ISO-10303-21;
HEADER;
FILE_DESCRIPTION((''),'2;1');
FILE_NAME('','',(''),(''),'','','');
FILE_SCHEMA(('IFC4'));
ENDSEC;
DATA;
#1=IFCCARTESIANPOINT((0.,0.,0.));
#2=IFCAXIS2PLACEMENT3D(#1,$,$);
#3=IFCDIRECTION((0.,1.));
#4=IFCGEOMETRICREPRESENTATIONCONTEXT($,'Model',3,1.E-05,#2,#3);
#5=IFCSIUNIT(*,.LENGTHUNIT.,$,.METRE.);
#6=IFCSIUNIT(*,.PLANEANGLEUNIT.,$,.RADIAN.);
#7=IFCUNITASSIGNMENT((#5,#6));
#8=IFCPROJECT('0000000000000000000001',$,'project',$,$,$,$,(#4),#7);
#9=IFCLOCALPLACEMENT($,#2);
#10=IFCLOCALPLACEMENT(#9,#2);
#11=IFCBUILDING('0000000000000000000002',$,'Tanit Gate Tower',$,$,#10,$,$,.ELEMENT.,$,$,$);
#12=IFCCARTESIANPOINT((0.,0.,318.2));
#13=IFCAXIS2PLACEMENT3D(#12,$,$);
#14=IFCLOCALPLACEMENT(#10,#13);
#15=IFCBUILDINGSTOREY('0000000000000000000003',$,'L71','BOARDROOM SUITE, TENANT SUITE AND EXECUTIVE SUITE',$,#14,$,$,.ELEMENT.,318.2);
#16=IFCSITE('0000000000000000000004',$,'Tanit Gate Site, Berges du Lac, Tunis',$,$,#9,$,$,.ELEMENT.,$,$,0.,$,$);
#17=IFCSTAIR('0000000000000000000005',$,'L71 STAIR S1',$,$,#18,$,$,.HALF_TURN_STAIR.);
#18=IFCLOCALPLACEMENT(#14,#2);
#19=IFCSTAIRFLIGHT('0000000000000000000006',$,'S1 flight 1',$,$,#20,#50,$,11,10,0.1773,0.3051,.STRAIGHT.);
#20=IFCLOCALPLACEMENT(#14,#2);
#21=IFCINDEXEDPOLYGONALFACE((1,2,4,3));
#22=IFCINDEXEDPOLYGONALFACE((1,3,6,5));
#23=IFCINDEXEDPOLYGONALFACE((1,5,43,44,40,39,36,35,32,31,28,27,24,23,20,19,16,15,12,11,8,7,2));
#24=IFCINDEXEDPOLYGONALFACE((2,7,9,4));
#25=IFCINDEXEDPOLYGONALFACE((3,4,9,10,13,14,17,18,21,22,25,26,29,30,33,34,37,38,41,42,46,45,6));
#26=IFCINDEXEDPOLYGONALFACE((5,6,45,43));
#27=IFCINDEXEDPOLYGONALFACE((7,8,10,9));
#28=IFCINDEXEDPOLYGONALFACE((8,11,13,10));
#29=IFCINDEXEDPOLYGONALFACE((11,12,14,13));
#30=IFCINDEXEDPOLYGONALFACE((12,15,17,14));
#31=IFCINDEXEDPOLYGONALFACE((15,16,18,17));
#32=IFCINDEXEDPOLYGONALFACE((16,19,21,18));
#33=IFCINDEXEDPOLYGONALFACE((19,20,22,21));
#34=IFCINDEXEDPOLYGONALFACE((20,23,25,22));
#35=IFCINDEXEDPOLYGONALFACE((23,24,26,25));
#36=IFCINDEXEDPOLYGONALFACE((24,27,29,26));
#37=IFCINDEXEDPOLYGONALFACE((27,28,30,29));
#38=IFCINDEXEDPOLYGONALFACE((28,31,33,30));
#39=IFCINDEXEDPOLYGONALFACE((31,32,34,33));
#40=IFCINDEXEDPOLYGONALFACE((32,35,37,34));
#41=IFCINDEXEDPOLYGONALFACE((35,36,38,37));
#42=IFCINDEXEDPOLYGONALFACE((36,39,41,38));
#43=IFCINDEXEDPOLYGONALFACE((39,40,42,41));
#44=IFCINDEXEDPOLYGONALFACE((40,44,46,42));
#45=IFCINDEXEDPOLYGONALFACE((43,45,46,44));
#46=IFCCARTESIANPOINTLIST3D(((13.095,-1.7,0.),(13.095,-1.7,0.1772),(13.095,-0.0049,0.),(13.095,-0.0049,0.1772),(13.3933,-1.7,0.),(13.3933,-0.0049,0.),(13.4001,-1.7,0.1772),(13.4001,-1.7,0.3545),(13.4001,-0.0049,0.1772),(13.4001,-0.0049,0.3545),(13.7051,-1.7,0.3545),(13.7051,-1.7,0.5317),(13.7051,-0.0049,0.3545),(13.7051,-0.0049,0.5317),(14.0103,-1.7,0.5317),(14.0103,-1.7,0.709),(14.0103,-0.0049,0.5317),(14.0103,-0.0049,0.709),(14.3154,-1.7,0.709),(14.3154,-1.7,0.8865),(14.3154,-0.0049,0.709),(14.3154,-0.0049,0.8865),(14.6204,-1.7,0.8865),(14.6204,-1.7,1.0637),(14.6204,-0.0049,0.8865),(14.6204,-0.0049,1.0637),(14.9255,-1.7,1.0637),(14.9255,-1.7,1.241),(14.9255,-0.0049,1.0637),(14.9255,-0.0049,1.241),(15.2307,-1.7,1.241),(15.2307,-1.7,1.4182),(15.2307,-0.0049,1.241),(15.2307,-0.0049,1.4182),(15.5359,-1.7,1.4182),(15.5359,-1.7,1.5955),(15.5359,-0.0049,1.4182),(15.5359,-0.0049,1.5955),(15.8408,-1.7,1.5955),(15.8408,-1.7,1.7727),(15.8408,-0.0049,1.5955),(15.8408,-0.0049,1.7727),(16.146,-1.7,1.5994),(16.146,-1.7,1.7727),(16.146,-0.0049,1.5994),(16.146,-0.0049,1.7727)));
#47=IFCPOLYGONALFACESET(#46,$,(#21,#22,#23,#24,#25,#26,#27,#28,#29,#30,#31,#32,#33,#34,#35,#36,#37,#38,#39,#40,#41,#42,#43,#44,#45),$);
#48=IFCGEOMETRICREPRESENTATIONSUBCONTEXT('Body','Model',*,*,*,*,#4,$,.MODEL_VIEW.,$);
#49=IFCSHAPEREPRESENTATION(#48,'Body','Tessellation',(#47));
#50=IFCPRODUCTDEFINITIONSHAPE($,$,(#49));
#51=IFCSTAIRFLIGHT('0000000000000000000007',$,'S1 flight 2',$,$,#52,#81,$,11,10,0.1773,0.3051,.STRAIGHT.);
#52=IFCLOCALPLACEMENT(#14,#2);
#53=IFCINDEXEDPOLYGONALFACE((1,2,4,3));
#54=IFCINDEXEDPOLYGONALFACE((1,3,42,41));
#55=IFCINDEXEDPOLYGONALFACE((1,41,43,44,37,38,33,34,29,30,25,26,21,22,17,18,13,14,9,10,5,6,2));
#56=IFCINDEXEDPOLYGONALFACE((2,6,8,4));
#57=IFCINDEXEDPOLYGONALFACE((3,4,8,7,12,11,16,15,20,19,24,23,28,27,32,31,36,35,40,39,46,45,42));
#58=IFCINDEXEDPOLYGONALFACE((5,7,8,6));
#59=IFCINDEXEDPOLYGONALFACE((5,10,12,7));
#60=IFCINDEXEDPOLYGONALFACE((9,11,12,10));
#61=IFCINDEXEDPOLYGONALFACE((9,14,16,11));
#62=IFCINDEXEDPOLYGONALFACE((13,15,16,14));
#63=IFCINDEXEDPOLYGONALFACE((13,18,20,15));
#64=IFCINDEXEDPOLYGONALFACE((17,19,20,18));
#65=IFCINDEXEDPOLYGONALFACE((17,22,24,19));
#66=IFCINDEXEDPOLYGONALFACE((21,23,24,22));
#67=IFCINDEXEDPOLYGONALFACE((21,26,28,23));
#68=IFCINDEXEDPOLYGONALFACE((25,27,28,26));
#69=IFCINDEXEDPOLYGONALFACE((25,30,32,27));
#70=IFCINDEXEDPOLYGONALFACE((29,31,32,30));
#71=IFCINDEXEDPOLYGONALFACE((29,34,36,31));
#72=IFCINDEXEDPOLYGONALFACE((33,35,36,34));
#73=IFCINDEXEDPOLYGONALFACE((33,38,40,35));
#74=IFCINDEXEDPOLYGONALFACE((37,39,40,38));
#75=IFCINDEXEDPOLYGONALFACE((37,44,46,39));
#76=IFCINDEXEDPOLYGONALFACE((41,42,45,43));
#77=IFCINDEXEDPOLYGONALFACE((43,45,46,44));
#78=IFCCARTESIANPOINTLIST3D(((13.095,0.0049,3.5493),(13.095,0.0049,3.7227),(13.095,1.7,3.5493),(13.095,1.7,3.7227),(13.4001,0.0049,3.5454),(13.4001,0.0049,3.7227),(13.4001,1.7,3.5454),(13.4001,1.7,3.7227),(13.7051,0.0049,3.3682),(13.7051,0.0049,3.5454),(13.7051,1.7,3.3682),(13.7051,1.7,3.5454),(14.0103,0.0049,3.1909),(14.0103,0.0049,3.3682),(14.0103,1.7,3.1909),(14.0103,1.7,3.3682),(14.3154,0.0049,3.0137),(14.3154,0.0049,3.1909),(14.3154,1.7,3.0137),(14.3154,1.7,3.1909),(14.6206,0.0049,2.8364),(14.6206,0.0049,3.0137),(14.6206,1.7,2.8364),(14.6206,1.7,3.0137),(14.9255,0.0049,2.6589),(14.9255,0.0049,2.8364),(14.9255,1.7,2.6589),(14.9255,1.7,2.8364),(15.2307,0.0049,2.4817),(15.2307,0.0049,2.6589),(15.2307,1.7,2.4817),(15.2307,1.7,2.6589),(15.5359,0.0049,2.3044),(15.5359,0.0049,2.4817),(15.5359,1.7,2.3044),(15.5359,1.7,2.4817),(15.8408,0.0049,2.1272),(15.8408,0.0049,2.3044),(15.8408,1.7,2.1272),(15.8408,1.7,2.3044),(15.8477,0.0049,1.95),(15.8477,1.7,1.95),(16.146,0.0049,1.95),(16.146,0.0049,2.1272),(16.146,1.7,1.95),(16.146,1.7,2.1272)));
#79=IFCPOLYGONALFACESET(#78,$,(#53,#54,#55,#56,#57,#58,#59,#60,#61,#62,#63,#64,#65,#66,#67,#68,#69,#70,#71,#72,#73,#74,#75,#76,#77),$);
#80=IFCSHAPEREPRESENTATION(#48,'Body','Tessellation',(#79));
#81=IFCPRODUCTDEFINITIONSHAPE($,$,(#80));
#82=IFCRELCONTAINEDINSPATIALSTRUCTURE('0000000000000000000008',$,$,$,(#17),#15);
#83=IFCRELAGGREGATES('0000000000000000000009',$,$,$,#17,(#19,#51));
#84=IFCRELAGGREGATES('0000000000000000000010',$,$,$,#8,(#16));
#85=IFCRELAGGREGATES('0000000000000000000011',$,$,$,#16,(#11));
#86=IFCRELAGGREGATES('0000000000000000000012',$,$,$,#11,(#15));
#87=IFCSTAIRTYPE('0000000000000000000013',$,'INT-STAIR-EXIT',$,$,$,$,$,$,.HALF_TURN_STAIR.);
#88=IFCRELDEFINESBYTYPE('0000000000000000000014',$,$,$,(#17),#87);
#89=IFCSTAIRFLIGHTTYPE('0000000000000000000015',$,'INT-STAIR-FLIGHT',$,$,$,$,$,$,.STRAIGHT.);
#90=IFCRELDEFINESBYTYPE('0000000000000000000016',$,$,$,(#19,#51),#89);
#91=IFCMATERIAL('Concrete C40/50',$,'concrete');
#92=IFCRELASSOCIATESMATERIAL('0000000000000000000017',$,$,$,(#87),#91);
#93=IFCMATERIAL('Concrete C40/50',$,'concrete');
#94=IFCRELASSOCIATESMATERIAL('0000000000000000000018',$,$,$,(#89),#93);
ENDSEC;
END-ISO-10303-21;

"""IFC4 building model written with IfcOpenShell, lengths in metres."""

from ifc_helpers import new_model, si_unit, direction, frame, origin, place, context, subcontext, project, spatial, polyline, outline, extrude, material, type_object, element, aggregate, save


model = new_model("IFC4")

# Units and contexts
model_context = context("Model", 3, precision=1e-05, world=origin(), true_north=direction((0.0, 1.0)))
body_context = subcontext(model_context, "Body", "Model", "MODEL_VIEW")
ifc_project = project(units=[si_unit("LENGTHUNIT", "METRE"), si_unit("PLANEANGLEUNIT", "RADIAN")], contexts=[model_context])

# Site, building, storey
site_placement = place(None, origin())
site = spatial("IfcSite", under=ifc_project, at=site_placement, Name="Tanit Gate Site, Berges du Lac, Tunis", CompositionType="ELEMENT", RefElevation=0.0)
building_placement = place(site_placement, origin())
building = spatial("IfcBuilding", under=site, at=building_placement, Name="Tanit Gate Tower", CompositionType="ELEMENT")
storey_placement = place(building_placement, frame((0.0, 0.0, 318.2)))
storey = spatial("IfcBuildingStorey", under=building, at=storey_placement, Name="L71", Description="BOARDROOM SUITE, TENANT SUITE AND EXECUTIVE SUITE", CompositionType="ELEMENT", Elevation=318.2)

# Stair, stair flights
ifc_material_1 = material(Name="Concrete C40/50", Category="concrete")
stair_type = type_object("IfcStairType", Name="INT-STAIR-EXIT", PredefinedType="HALF_TURN_STAIR", material=ifc_material_1)
stair_placement = place(storey_placement, origin())
stair = element("IfcStair", 1, at=stair_placement, inside=storey, type_object=stair_type, Name="L71 STAIR S1", PredefinedType="HALF_TURN_STAIR")
ifc_material_2 = material(Name="Concrete C40/50", Category="concrete")
stair_flight_type = type_object("IfcStairFlightType", Name="INT-STAIR-FLIGHT", PredefinedType="STRAIGHT", material=ifc_material_2)
stair_flight_1_placement = place(storey_placement, frame((13.095, -0.8525, 0.0), z_axis=(0.0, 0.0, 1.0), x_axis=(1.0, 0.0, 0.0)))
stair_flight_1 = element("IfcStairFlight", 2, at=stair_flight_1_placement, type_object=stair_flight_type, Name="S1 flight 1", NumberOfRisers=11, NumberOfTreads=10, PredefinedType="STRAIGHT", RiserHeight=0.1773, TreadLength=0.3051, context=body_context, shape_type="SweptSolid", body=[
    extrude(outline(polyline([(0.0, 0.0), (0.0, 0.1772), (0.3052, 0.1772), (0.3052, 0.3545), (0.6101, 0.3545), (0.6101, 0.5317), (0.9153, 0.5317), (0.9153, 0.709), (1.2205, 0.709), (1.2205, 0.8865), (1.5254, 0.8865), (1.5254, 1.0637), (1.8306, 1.0637), (1.8306, 1.241), (2.1357, 1.241), (2.1357, 1.4182), (2.4409, 1.4182), (2.4409, 1.5955), (2.7458, 1.5955), (2.7458, 1.7727), (3.051, 1.7727), (3.051, 1.95), (3.051, 1.5994), (0.2983, 0.0), (0.0, 0.0)])), frame((0.0, 0.8477, 0.0), z_axis=(0.0, -1.0, 0.0), x_axis=(1.0, 0.0, 0.0)), (0.0, 0.0, 1.0), 1.6951),
])
stair_flight_2_placement = place(storey_placement, frame((16.146, 0.8525, 1.95), z_axis=(0.0, 0.0, 1.0), x_axis=(-1.0, 0.0, 0.0)))
stair_flight_2 = element("IfcStairFlight", 3, at=stair_flight_2_placement, type_object=stair_flight_type, Name="S1 flight 2", NumberOfRisers=11, NumberOfTreads=10, PredefinedType="STRAIGHT", RiserHeight=0.1773, TreadLength=0.3051, context=body_context, shape_type="SweptSolid", body=[
    extrude(outline(polyline([(0.0, 0.0), (0.0, 0.1772), (0.3052, 0.1772), (0.3052, 0.3545), (0.6101, 0.3545), (0.6101, 0.5317), (0.9153, 0.5317), (0.9153, 0.709), (1.2205, 0.709), (1.2205, 0.8865), (1.5254, 0.8865), (1.5254, 1.0637), (1.8306, 1.0637), (1.8306, 1.241), (2.1357, 1.241), (2.1357, 1.4182), (2.4409, 1.4182), (2.4409, 1.5955), (2.7458, 1.5955), (2.7458, 1.7727), (3.051, 1.7727), (3.051, 1.95), (3.051, 1.5994), (0.2983, 0.0), (0.0, 0.0)])), frame((0.0, 0.8477, 0.0), z_axis=(0.0, -1.0, 0.0), x_axis=(1.0, 0.0, 0.0)), (0.0, 0.0, 1.0), 1.6951),
])
aggregate(stair, [stair_flight_1, stair_flight_2])

save(model, "model.ifc")
